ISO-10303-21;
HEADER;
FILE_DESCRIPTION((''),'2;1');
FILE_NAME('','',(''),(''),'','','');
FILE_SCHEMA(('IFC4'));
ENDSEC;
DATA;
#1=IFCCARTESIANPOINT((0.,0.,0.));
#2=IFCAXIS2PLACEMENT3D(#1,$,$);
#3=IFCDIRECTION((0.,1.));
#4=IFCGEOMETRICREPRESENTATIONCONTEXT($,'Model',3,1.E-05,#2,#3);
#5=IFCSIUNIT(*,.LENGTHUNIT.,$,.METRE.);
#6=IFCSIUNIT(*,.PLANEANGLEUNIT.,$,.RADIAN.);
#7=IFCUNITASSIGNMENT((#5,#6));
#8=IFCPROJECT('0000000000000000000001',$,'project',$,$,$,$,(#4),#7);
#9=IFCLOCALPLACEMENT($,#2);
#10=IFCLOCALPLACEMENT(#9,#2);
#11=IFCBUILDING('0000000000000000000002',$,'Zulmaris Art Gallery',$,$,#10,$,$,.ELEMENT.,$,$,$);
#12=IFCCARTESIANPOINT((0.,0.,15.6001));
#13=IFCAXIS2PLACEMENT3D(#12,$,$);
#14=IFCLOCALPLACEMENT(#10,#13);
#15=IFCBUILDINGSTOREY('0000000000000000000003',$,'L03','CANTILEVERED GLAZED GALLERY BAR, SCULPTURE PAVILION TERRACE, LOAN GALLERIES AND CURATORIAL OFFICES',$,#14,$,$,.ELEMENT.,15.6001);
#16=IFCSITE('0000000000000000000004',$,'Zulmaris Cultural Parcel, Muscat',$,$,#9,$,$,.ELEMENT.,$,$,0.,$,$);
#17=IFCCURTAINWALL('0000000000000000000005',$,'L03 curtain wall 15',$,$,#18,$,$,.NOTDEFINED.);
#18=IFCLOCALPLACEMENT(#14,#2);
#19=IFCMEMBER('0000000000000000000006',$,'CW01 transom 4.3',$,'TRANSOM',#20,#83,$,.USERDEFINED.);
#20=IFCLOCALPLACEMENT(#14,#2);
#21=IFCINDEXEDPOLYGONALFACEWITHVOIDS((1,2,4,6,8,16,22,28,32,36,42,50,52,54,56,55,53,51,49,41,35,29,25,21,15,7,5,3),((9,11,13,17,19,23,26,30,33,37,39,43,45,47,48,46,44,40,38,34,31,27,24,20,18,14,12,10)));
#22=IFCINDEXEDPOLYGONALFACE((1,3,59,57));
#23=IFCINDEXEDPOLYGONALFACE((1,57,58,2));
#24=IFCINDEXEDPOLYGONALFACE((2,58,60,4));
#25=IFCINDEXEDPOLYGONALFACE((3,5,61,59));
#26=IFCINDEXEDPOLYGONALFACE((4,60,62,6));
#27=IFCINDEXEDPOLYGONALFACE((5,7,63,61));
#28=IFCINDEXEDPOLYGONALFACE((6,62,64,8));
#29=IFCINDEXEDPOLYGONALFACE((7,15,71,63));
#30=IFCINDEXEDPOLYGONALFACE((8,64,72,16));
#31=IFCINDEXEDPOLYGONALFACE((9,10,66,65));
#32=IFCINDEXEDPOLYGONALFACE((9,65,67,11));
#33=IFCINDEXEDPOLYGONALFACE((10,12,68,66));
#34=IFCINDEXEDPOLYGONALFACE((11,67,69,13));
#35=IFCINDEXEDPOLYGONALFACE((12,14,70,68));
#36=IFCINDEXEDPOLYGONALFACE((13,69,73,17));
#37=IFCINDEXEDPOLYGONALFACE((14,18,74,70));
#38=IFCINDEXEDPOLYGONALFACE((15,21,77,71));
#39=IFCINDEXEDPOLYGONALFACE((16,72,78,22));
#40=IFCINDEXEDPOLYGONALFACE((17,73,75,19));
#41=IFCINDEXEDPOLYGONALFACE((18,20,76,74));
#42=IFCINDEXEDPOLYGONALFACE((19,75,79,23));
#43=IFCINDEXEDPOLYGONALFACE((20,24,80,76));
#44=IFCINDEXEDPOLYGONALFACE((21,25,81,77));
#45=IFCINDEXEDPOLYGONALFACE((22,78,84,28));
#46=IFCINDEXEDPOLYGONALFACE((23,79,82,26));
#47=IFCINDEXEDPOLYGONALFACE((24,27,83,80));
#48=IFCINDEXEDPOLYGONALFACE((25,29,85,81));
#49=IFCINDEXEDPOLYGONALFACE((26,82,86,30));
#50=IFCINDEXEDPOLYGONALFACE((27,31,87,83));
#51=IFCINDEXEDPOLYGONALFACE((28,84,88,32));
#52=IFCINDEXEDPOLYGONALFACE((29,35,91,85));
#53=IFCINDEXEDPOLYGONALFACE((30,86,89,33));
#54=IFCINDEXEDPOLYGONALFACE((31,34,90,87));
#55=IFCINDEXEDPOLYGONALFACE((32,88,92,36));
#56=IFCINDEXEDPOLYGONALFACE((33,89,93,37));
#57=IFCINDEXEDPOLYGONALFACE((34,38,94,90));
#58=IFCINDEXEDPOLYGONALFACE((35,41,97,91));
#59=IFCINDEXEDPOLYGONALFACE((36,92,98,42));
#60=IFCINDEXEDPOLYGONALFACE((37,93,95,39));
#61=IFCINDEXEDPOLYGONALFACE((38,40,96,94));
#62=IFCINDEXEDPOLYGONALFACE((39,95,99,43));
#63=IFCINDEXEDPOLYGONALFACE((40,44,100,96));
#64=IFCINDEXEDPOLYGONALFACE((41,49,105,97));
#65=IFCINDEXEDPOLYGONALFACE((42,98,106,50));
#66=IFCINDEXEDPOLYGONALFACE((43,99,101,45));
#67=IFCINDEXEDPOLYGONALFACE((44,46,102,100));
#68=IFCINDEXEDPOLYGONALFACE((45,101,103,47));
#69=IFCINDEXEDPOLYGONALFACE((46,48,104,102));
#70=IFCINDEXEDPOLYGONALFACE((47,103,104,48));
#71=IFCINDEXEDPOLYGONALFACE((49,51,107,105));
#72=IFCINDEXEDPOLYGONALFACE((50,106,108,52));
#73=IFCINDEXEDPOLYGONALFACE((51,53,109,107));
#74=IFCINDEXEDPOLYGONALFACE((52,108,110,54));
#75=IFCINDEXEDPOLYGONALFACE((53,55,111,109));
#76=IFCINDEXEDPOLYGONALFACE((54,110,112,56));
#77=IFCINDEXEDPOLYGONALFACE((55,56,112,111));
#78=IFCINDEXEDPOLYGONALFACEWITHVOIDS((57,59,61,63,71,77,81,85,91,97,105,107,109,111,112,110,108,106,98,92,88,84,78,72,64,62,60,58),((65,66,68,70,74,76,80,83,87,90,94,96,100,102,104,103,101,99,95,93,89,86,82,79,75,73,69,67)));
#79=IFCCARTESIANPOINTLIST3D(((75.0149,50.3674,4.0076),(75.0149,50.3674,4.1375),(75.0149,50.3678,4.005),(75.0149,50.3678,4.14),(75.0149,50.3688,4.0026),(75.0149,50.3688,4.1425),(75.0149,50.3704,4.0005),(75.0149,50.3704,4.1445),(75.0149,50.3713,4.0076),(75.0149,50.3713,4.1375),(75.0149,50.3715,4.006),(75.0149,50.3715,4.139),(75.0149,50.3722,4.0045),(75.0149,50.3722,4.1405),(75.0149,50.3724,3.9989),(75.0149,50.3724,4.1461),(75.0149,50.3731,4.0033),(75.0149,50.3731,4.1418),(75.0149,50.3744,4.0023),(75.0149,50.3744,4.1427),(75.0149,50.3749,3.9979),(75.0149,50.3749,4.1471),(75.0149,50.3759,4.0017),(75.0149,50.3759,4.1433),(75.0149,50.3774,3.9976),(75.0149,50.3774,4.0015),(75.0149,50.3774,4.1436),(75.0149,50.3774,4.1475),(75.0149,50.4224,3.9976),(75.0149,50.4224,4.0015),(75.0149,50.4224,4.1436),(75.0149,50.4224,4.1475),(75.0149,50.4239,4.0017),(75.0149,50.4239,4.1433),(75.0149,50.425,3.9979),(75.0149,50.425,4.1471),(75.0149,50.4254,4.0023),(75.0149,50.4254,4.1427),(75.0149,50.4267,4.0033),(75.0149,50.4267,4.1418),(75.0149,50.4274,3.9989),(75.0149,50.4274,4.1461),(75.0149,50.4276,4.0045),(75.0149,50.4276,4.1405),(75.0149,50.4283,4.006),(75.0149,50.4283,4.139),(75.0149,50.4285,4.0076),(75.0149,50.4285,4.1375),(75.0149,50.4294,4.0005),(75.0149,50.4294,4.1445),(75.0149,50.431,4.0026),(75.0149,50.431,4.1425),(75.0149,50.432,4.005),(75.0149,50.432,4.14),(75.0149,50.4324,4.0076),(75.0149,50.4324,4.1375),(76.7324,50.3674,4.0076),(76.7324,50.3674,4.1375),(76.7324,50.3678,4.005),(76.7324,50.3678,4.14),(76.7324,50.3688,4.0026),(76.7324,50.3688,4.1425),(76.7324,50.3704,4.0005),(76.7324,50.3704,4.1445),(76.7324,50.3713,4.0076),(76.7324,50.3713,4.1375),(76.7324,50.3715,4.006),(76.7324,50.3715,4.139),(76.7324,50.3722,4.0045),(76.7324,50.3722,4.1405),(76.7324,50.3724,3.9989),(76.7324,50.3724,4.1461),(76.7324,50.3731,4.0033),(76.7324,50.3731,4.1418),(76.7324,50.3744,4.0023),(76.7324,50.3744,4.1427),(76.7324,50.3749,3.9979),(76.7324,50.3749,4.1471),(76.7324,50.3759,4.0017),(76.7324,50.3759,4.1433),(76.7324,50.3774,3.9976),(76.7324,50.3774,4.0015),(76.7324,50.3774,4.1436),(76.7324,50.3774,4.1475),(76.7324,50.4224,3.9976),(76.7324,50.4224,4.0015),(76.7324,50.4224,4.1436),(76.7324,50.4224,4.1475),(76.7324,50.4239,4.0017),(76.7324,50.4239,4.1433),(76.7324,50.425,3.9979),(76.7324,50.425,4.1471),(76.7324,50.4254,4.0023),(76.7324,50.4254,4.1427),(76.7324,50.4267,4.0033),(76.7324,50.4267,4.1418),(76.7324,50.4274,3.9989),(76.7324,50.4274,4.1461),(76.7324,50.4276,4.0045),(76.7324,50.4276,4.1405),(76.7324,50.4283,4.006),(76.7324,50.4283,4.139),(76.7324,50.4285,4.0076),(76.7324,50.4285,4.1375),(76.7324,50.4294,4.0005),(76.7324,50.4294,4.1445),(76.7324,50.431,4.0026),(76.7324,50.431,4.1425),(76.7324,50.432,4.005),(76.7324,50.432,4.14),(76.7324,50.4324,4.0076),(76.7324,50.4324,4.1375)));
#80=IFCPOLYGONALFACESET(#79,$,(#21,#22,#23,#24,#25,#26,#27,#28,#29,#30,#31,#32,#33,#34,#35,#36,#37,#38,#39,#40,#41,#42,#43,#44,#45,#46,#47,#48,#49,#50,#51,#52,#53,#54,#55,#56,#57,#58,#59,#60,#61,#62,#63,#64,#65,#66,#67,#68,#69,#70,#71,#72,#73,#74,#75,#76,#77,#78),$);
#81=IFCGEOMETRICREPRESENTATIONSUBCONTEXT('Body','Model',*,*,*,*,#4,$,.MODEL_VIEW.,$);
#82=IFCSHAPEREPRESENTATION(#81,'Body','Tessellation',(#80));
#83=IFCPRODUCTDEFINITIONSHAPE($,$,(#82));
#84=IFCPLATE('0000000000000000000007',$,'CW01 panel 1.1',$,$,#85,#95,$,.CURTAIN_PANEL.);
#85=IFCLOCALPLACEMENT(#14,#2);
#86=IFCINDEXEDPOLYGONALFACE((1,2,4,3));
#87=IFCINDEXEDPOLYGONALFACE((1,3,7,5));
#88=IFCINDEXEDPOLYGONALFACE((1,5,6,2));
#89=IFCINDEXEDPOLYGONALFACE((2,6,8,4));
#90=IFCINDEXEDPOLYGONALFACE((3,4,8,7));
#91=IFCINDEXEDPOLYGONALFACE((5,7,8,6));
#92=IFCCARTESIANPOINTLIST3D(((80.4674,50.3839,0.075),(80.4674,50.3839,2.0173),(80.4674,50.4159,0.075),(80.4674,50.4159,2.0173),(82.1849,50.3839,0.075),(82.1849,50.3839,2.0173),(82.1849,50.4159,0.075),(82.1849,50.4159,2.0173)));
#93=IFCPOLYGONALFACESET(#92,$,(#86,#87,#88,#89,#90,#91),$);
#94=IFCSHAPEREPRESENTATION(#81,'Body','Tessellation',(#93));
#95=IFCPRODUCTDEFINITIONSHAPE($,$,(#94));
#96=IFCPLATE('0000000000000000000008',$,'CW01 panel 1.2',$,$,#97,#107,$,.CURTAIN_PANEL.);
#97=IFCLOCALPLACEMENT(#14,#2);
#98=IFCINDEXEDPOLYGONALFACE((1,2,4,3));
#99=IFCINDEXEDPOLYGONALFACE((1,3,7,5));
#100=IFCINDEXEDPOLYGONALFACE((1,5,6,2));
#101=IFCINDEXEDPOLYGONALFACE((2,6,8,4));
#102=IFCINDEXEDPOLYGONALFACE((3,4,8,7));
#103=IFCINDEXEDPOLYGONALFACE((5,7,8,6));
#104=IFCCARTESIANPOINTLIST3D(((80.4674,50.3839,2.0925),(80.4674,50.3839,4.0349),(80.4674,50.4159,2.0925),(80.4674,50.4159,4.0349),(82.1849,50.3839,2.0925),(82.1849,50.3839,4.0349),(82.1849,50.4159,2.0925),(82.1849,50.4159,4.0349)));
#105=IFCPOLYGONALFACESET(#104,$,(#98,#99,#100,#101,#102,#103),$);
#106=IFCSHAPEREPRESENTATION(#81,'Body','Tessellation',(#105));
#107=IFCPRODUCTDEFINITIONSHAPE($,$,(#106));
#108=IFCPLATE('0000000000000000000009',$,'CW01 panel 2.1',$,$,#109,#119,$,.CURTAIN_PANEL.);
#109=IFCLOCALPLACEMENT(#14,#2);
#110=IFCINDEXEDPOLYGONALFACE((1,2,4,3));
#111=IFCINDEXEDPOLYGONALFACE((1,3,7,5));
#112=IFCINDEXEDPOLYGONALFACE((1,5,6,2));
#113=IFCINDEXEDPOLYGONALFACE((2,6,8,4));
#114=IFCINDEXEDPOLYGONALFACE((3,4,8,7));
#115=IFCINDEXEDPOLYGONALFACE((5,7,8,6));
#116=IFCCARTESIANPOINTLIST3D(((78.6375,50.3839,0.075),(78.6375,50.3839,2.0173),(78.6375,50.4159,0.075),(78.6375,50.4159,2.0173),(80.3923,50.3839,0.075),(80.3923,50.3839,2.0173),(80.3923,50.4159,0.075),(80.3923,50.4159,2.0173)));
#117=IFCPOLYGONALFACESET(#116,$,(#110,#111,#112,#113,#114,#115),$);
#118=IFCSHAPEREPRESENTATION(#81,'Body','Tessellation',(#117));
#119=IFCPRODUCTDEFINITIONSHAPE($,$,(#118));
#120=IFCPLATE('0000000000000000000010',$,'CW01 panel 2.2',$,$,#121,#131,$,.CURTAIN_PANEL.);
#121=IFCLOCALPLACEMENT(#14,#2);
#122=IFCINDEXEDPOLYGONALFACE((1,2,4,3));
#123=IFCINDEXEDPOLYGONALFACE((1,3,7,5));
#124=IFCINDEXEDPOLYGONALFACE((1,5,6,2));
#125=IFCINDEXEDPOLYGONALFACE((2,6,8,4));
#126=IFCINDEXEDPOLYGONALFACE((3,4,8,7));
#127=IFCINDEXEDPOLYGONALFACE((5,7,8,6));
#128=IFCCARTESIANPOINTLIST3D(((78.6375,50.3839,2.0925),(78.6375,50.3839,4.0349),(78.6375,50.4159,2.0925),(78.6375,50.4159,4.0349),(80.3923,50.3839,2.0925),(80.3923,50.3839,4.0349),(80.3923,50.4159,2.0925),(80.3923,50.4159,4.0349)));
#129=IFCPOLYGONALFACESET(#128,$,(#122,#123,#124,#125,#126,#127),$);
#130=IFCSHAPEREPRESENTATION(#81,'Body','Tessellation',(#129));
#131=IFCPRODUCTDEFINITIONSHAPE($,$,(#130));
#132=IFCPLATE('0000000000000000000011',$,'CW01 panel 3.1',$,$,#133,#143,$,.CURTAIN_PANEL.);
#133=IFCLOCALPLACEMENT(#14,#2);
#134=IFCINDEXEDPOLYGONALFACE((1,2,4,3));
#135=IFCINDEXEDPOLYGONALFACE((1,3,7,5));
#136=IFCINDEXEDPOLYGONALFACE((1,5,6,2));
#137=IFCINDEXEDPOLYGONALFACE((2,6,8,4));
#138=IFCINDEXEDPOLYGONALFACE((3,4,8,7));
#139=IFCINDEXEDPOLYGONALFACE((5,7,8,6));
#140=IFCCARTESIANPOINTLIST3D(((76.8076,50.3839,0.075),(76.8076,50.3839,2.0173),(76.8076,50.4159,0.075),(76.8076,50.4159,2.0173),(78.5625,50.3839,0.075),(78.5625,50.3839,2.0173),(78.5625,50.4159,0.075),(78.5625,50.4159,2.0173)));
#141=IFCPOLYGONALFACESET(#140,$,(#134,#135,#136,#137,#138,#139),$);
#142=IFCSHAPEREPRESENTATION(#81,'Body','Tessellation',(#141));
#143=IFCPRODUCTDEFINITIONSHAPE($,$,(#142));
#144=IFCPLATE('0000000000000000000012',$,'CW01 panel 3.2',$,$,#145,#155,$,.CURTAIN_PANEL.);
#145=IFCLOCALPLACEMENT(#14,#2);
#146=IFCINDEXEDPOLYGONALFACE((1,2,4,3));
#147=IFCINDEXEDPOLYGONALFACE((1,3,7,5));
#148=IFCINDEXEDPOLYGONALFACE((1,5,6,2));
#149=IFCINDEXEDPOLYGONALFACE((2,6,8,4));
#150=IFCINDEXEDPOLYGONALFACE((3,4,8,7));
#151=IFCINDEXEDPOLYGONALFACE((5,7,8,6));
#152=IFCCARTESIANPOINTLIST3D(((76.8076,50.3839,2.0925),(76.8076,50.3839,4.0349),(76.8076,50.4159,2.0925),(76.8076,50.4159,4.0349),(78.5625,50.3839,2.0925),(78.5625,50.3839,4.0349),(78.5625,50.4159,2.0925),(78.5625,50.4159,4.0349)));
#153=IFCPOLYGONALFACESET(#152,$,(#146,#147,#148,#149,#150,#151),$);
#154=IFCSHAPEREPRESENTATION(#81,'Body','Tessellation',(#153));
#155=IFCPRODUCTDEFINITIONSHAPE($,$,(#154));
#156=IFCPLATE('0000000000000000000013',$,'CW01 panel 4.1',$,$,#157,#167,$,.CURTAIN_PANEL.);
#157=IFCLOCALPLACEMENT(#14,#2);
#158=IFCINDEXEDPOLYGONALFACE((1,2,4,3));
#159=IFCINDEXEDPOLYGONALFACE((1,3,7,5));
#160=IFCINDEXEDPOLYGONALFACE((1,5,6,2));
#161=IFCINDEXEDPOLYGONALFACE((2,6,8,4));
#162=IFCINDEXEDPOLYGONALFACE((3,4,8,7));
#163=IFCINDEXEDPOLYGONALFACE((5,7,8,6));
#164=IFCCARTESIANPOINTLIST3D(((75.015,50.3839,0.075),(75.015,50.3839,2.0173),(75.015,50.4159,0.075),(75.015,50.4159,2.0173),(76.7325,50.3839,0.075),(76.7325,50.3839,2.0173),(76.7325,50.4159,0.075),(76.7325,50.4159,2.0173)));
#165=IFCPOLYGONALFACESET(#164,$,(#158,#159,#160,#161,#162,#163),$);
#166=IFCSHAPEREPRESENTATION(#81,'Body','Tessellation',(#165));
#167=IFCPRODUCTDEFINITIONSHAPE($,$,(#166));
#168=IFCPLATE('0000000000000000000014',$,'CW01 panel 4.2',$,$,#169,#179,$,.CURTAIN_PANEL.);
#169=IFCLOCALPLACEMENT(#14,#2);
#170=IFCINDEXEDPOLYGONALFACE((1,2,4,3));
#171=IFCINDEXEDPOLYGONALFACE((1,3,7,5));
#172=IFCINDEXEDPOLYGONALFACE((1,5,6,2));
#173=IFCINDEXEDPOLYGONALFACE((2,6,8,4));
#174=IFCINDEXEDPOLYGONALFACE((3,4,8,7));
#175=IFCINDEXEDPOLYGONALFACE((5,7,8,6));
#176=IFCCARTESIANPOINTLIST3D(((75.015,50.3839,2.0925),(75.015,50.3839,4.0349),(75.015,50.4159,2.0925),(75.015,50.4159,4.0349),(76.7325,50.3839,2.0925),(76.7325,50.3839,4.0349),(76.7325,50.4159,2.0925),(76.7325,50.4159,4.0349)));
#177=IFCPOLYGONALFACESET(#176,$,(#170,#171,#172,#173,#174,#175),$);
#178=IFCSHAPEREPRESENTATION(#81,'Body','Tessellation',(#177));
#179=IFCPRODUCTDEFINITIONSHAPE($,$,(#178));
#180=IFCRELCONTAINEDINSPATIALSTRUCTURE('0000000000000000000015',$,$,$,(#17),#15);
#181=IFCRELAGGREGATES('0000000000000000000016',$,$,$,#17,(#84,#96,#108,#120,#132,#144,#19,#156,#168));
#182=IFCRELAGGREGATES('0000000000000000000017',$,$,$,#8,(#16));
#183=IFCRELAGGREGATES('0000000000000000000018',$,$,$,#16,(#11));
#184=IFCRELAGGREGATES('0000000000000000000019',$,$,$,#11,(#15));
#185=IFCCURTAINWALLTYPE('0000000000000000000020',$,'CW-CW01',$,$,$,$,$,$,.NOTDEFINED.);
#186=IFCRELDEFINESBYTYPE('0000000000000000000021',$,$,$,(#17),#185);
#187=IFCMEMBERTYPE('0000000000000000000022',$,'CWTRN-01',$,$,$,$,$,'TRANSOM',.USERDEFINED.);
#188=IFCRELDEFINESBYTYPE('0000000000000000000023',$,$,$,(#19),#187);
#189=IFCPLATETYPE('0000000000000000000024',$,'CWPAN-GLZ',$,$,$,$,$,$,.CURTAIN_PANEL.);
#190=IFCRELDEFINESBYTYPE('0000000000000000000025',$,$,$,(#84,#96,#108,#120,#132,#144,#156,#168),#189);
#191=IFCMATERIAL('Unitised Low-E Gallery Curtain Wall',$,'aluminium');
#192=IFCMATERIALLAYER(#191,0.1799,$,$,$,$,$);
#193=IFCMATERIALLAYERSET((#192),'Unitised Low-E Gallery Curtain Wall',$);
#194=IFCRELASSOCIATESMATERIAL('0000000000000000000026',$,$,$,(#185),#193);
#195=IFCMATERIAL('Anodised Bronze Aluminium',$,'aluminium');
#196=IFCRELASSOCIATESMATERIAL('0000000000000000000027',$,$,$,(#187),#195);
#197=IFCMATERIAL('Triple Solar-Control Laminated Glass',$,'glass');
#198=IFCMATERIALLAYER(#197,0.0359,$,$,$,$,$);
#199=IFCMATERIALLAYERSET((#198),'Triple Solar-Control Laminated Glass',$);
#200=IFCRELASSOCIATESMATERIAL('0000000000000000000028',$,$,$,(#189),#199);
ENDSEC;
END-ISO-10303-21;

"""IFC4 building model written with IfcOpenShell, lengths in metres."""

from ifc_helpers import new_model, si_unit, direction, frame, origin, origin_2d, place, context, subcontext, project, spatial, rectangle, hollow_rectangle, extrude, material, layer, layer_set, material_profile, profile_set, type_object, element, aggregate, save


model = new_model("IFC4")

# Units and contexts
model_context = context("Model", 3, precision=1e-05, world=origin(), true_north=direction((0.0, 1.0)))
body_context = subcontext(model_context, "Body", "Model", "MODEL_VIEW")
ifc_project = project(units=[si_unit("LENGTHUNIT", "METRE"), si_unit("PLANEANGLEUNIT", "RADIAN")], contexts=[model_context])

# Site, building, storey
site_placement = place(None, origin())
site = spatial("IfcSite", under=ifc_project, at=site_placement, Name="Zulmaris Cultural Parcel, Muscat", CompositionType="ELEMENT", RefElevation=0.0)
building_placement = place(site_placement, origin())
building = spatial("IfcBuilding", under=site, at=building_placement, Name="Zulmaris Art Gallery", CompositionType="ELEMENT")
storey_placement = place(building_placement, frame((0.0, 0.0, 15.6001)))
storey = spatial("IfcBuildingStorey", under=building, at=storey_placement, Name="L03", Description="CANTILEVERED GLAZED GALLERY BAR, SCULPTURE PAVILION TERRACE, LOAN GALLERIES AND CURATORIAL OFFICES", CompositionType="ELEMENT", Elevation=15.6001)

# Shared definitions
ifc_material_1 = material(Name="Unitised Low-E Gallery Curtain Wall", Category="aluminium")
ifc_layer_1 = layer(ifc_material_1, 0.1799)
ifc_layer_set_1 = layer_set([ifc_layer_1], Name="Unitised Low-E Gallery Curtain Wall")
curtain_wall_type = type_object("IfcCurtainWallType", Name="CW-CW01", PredefinedType="NOTDEFINED", material=ifc_layer_set_1)
ifc_material_2 = material(Name="Anodised Bronze Aluminium", Category="aluminium")

# Curtain wall
curtain_wall_1_placement = place(storey_placement, origin())
curtain_wall_1 = element("IfcCurtainWall", 1, at=curtain_wall_1_placement, inside=storey, type_object=curtain_wall_type, Name="L03 curtain wall 15", PredefinedType="NOTDEFINED")

# Member
ifc_material_profile_1 = material_profile(ifc_material_2, hollow_rectangle(XDim=0.0649, YDim=0.1499, WallThickness=0.0039, InnerFilletRadius=0.0061, OuterFilletRadius=0.01, at=origin_2d()), Name="ALU 65x150x4")
ifc_profile_set_1 = profile_set([ifc_material_profile_1], Name="Anodised Bronze Aluminium")
member_type_1 = type_object("IfcMemberType", Name="CWTRN-01", ElementType="TRANSOM", PredefinedType="USERDEFINED", material=ifc_profile_set_1)
member_1_placement = place(storey_placement, frame((76.7324, 50.3999, 4.0725), z_axis=(-1.0, 0.0, 0.0), x_axis=(0.0, -1.0, 0.0)))
member_1 = element("IfcMember", 2, at=member_1_placement, type_object=member_type_1, Name="CW01 transom 4.3", ObjectType="TRANSOM", PredefinedType="USERDEFINED", context=body_context, shape_type="SweptSolid", body=[
    extrude(hollow_rectangle(XDim=0.0649, YDim=0.1499, WallThickness=0.0039, InnerFilletRadius=0.0061, OuterFilletRadius=0.01, at=origin_2d()), origin(), (0.0, 0.0, 1.0), 1.7175),
])

# Plates
ifc_material_3 = material(Name="Triple Solar-Control Laminated Glass", Category="glass")
ifc_layer_2 = layer(ifc_material_3, 0.0359)
ifc_layer_set_2 = layer_set([ifc_layer_2], Name="Triple Solar-Control Laminated Glass")
plate_type = type_object("IfcPlateType", Name="CWPAN-GLZ", PredefinedType="CURTAIN_PANEL", material=ifc_layer_set_2)
plate_1_placement = place(storey_placement, frame((81.3262, 50.3999, 0.075), z_axis=(0.0, 0.0, 1.0), x_axis=(-1.0, 0.0, 0.0)))
plate_1 = element("IfcPlate", 3, at=plate_1_placement, type_object=plate_type, Name="CW01 panel 1.1", PredefinedType="CURTAIN_PANEL", context=body_context, shape_type="SweptSolid", body=[
    extrude(rectangle(XDim=1.7175, YDim=0.032, at=origin_2d()), origin(), (0.0, 0.0, 1.0), 1.9424),
])
plate_2_placement = place(storey_placement, frame((81.3262, 50.3999, 2.0925), z_axis=(0.0, 0.0, 1.0), x_axis=(-1.0, 0.0, 0.0)))
plate_2 = element("IfcPlate", 4, at=plate_2_placement, type_object=plate_type, Name="CW01 panel 1.2", PredefinedType="CURTAIN_PANEL", context=body_context, shape_type="SweptSolid", body=[
    extrude(rectangle(XDim=1.7175, YDim=0.032, at=origin_2d()), origin(), (0.0, 0.0, 1.0), 1.9424),
])
plate_3_placement = place(storey_placement, frame((79.5149, 50.3999, 0.075), z_axis=(0.0, 0.0, 1.0), x_axis=(-1.0, 0.0, 0.0)))
plate_3 = element("IfcPlate", 5, at=plate_3_placement, type_object=plate_type, Name="CW01 panel 2.1", PredefinedType="CURTAIN_PANEL", context=body_context, shape_type="SweptSolid", body=[
    extrude(rectangle(XDim=1.7549, YDim=0.032, at=origin_2d()), origin(), (0.0, 0.0, 1.0), 1.9424),
])
plate_4_placement = place(storey_placement, frame((79.5149, 50.3999, 2.0925), z_axis=(0.0, 0.0, 1.0), x_axis=(-1.0, 0.0, 0.0)))
plate_4 = element("IfcPlate", 6, at=plate_4_placement, type_object=plate_type, Name="CW01 panel 2.2", PredefinedType="CURTAIN_PANEL", context=body_context, shape_type="SweptSolid", body=[
    extrude(rectangle(XDim=1.7549, YDim=0.032, at=origin_2d()), origin(), (0.0, 0.0, 1.0), 1.9424),
])
plate_5_placement = place(storey_placement, frame((77.6851, 50.3999, 0.075), z_axis=(0.0, 0.0, 1.0), x_axis=(-1.0, 0.0, 0.0)))
plate_5 = element("IfcPlate", 7, at=plate_5_placement, type_object=plate_type, Name="CW01 panel 3.1", PredefinedType="CURTAIN_PANEL", context=body_context, shape_type="SweptSolid", body=[
    extrude(rectangle(XDim=1.7549, YDim=0.032, at=origin_2d()), origin(), (0.0, 0.0, 1.0), 1.9424),
])
plate_6_placement = place(storey_placement, frame((77.6851, 50.3999, 2.0925), z_axis=(0.0, 0.0, 1.0), x_axis=(-1.0, 0.0, 0.0)))
plate_6 = element("IfcPlate", 8, at=plate_6_placement, type_object=plate_type, Name="CW01 panel 3.2", PredefinedType="CURTAIN_PANEL", context=body_context, shape_type="SweptSolid", body=[
    extrude(rectangle(XDim=1.7549, YDim=0.032, at=origin_2d()), origin(), (0.0, 0.0, 1.0), 1.9424),
])
plate_7_placement = place(storey_placement, frame((75.8738, 50.3999, 0.075), z_axis=(0.0, 0.0, 1.0), x_axis=(-1.0, 0.0, 0.0)))
plate_7 = element("IfcPlate", 9, at=plate_7_placement, type_object=plate_type, Name="CW01 panel 4.1", PredefinedType="CURTAIN_PANEL", context=body_context, shape_type="SweptSolid", body=[
    extrude(rectangle(XDim=1.7175, YDim=0.032, at=origin_2d()), origin(), (0.0, 0.0, 1.0), 1.9424),
])
plate_8_placement = place(storey_placement, frame((75.8738, 50.3999, 2.0925), z_axis=(0.0, 0.0, 1.0), x_axis=(-1.0, 0.0, 0.0)))
plate_8 = element("IfcPlate", 10, at=plate_8_placement, type_object=plate_type, Name="CW01 panel 4.2", PredefinedType="CURTAIN_PANEL", context=body_context, shape_type="SweptSolid", body=[
    extrude(rectangle(XDim=1.7175, YDim=0.032, at=origin_2d()), origin(), (0.0, 0.0, 1.0), 1.9424),
])
aggregate(curtain_wall_1, [plate_1, plate_2, plate_3, plate_4, plate_5, plate_6, member_1, plate_7, plate_8])

save(model, "model.ifc")
